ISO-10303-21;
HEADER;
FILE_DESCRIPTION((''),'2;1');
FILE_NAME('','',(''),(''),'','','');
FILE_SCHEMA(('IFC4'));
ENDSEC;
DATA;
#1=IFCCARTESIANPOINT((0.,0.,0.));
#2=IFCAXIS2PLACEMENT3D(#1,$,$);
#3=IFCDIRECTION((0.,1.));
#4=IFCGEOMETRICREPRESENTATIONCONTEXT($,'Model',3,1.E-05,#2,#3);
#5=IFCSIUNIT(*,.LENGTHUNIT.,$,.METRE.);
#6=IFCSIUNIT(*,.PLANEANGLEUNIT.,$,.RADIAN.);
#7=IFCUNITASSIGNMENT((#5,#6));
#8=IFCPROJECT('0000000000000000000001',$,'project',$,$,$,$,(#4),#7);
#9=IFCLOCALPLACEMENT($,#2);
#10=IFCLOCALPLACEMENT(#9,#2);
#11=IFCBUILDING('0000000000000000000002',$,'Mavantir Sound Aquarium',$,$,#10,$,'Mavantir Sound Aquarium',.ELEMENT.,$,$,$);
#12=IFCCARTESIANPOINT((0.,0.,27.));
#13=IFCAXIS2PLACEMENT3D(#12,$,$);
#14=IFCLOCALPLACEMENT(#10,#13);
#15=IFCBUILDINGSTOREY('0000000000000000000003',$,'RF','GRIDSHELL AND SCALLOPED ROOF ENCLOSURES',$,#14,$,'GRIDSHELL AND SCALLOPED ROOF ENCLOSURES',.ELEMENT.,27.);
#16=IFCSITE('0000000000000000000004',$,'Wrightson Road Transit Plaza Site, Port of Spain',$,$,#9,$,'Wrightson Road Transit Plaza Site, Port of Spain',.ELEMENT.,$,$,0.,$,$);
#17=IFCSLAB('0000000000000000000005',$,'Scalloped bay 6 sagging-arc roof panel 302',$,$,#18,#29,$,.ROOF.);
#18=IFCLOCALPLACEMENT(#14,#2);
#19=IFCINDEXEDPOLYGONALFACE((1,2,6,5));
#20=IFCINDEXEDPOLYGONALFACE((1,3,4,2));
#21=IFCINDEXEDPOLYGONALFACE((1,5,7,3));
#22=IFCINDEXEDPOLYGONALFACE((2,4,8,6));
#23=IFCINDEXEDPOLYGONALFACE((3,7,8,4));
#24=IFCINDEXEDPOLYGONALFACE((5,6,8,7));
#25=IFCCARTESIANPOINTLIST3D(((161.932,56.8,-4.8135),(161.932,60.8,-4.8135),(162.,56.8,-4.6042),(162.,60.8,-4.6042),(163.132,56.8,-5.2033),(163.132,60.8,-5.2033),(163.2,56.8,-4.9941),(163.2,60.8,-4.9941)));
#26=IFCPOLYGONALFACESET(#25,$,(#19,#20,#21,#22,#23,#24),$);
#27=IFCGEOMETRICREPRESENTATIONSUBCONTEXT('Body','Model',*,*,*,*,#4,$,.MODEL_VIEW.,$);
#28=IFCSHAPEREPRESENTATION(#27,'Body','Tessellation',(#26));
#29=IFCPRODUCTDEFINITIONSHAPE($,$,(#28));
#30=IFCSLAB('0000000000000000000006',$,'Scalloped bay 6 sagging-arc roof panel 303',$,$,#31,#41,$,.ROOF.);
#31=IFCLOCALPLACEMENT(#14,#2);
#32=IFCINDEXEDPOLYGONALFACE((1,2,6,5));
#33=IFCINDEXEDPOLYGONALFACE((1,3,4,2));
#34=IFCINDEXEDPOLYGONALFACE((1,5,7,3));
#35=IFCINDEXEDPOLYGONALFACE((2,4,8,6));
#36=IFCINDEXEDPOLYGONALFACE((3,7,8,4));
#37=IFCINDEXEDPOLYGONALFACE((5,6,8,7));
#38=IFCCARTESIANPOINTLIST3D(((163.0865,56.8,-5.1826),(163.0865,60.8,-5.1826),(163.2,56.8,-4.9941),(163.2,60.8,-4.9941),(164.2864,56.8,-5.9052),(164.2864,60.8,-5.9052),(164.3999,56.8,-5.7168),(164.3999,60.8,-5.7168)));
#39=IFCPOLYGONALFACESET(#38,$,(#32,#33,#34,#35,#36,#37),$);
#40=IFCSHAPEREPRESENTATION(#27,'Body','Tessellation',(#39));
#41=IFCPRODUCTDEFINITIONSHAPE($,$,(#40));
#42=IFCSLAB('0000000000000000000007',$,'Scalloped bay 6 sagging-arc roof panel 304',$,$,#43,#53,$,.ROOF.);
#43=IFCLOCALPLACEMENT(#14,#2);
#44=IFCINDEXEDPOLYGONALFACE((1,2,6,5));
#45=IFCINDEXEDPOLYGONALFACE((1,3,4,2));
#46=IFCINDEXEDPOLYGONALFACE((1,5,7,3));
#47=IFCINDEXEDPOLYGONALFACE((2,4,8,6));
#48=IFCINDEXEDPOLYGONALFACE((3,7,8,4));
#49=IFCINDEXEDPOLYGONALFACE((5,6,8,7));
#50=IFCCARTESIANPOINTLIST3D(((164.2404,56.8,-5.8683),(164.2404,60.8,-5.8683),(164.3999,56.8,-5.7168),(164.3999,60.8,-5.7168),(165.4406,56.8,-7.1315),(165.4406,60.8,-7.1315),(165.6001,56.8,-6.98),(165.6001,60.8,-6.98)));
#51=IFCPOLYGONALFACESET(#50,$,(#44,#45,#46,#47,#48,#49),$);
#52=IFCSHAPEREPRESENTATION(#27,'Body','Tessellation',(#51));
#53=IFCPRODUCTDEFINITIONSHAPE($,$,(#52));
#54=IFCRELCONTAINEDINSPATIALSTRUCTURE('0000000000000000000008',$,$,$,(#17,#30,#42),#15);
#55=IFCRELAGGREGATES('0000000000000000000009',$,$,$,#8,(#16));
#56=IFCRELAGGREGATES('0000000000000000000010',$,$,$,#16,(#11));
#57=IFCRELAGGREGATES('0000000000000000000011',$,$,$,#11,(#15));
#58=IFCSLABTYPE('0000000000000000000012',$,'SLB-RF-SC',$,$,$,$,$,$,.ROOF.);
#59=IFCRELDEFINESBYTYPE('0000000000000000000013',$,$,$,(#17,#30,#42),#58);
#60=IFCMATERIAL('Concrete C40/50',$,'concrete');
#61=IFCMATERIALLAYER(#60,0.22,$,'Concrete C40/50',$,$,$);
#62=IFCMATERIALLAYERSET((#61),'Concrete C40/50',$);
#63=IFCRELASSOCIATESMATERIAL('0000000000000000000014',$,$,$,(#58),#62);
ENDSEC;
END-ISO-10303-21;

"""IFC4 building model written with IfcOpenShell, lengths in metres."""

from ifc_helpers import new_model, si_unit, direction, frame, origin, place, context, subcontext, project, spatial, polyline, outline, extrude, material, layer, layer_set, type_object, element, save


model = new_model("IFC4")

# Units and contexts
model_context = context("Model", 3, precision=1e-05, world=origin(), true_north=direction((0.0, 1.0)))
body_context = subcontext(model_context, "Body", "Model", "MODEL_VIEW")
ifc_project = project(units=[si_unit("LENGTHUNIT", "METRE"), si_unit("PLANEANGLEUNIT", "RADIAN")], contexts=[model_context])

# Site, building, storey
site_placement = place(None, origin())
site = spatial("IfcSite", under=ifc_project, at=site_placement, Name="Wrightson Road Transit Plaza Site, Port of Spain", LongName="Wrightson Road Transit Plaza Site, Port of Spain", CompositionType="ELEMENT", RefElevation=0.0)
building_placement = place(site_placement, origin())
building = spatial("IfcBuilding", under=site, at=building_placement, Name="Mavantir Sound Aquarium", LongName="Mavantir Sound Aquarium", CompositionType="ELEMENT")
storey_placement = place(building_placement, frame((0.0, 0.0, 27.0)))
storey = spatial("IfcBuildingStorey", under=building, at=storey_placement, Name="RF", Description="GRIDSHELL AND SCALLOPED ROOF ENCLOSURES", LongName="GRIDSHELL AND SCALLOPED ROOF ENCLOSURES", CompositionType="ELEMENT", Elevation=27.0)

# Shared definitions
ifc_material_1 = material(Name="Concrete C40/50", Category="concrete")

# Slabs
ifc_layer_1 = layer(ifc_material_1, 0.22, Name="Concrete C40/50")
ifc_layer_set_1 = layer_set([ifc_layer_1], Name="Concrete C40/50")
slab_type = type_object("IfcSlabType", Name="SLB-RF-SC", PredefinedType="ROOF", material=ifc_layer_set_1)
slab_1_placement = place(storey_placement, frame((162.0, 56.8, -4.6042), z_axis=(0.30902, 0.0, 0.951055), x_axis=(0.951055, 0.0, -0.30902)))
element("IfcSlab", 1, at=slab_1_placement, inside=storey, type_object=slab_type, Name="Scalloped bay 6 sagging-arc roof panel 302", PredefinedType="ROOF", context=body_context, shape_type="SweptSolid", body=[
    extrude(outline(polyline([(0.0, 0.0), (1.2617, 0.0), (1.2617, 4.0), (0.0, 4.0), (0.0, 0.0)])), origin(), (0.0, 0.0, -1.0), 0.22),
])
slab_2_placement = place(storey_placement, frame((163.2, 56.8, -4.9941), z_axis=(0.515905, 0.0, 0.856646), x_axis=(0.856646, 0.0, -0.515905)))
element("IfcSlab", 2, at=slab_2_placement, inside=storey, type_object=slab_type, Name="Scalloped bay 6 sagging-arc roof panel 303", PredefinedType="ROOF", context=body_context, shape_type="SweptSolid", body=[
    extrude(outline(polyline([(0.0, 0.0), (1.4008, 0.0), (1.4008, 4.0), (0.0, 4.0), (0.0, 0.0)])), origin(), (0.0, 0.0, -1.0), 0.22),
])
slab_3_placement = place(storey_placement, frame((164.3999, 56.8, -5.7168), z_axis=(0.72495, 0.0, 0.688801), x_axis=(0.688801, 0.0, -0.72495)))
element("IfcSlab", 3, at=slab_3_placement, inside=storey, type_object=slab_type, Name="Scalloped bay 6 sagging-arc roof panel 304", PredefinedType="ROOF", context=body_context, shape_type="SweptSolid", body=[
    extrude(outline(polyline([(0.0, 0.0), (1.7424, 0.0), (1.7424, 4.0), (0.0, 4.0), (0.0, 0.0)])), origin(), (0.0, 0.0, -1.0), 0.22),
])

save(model, "model.ifc")
